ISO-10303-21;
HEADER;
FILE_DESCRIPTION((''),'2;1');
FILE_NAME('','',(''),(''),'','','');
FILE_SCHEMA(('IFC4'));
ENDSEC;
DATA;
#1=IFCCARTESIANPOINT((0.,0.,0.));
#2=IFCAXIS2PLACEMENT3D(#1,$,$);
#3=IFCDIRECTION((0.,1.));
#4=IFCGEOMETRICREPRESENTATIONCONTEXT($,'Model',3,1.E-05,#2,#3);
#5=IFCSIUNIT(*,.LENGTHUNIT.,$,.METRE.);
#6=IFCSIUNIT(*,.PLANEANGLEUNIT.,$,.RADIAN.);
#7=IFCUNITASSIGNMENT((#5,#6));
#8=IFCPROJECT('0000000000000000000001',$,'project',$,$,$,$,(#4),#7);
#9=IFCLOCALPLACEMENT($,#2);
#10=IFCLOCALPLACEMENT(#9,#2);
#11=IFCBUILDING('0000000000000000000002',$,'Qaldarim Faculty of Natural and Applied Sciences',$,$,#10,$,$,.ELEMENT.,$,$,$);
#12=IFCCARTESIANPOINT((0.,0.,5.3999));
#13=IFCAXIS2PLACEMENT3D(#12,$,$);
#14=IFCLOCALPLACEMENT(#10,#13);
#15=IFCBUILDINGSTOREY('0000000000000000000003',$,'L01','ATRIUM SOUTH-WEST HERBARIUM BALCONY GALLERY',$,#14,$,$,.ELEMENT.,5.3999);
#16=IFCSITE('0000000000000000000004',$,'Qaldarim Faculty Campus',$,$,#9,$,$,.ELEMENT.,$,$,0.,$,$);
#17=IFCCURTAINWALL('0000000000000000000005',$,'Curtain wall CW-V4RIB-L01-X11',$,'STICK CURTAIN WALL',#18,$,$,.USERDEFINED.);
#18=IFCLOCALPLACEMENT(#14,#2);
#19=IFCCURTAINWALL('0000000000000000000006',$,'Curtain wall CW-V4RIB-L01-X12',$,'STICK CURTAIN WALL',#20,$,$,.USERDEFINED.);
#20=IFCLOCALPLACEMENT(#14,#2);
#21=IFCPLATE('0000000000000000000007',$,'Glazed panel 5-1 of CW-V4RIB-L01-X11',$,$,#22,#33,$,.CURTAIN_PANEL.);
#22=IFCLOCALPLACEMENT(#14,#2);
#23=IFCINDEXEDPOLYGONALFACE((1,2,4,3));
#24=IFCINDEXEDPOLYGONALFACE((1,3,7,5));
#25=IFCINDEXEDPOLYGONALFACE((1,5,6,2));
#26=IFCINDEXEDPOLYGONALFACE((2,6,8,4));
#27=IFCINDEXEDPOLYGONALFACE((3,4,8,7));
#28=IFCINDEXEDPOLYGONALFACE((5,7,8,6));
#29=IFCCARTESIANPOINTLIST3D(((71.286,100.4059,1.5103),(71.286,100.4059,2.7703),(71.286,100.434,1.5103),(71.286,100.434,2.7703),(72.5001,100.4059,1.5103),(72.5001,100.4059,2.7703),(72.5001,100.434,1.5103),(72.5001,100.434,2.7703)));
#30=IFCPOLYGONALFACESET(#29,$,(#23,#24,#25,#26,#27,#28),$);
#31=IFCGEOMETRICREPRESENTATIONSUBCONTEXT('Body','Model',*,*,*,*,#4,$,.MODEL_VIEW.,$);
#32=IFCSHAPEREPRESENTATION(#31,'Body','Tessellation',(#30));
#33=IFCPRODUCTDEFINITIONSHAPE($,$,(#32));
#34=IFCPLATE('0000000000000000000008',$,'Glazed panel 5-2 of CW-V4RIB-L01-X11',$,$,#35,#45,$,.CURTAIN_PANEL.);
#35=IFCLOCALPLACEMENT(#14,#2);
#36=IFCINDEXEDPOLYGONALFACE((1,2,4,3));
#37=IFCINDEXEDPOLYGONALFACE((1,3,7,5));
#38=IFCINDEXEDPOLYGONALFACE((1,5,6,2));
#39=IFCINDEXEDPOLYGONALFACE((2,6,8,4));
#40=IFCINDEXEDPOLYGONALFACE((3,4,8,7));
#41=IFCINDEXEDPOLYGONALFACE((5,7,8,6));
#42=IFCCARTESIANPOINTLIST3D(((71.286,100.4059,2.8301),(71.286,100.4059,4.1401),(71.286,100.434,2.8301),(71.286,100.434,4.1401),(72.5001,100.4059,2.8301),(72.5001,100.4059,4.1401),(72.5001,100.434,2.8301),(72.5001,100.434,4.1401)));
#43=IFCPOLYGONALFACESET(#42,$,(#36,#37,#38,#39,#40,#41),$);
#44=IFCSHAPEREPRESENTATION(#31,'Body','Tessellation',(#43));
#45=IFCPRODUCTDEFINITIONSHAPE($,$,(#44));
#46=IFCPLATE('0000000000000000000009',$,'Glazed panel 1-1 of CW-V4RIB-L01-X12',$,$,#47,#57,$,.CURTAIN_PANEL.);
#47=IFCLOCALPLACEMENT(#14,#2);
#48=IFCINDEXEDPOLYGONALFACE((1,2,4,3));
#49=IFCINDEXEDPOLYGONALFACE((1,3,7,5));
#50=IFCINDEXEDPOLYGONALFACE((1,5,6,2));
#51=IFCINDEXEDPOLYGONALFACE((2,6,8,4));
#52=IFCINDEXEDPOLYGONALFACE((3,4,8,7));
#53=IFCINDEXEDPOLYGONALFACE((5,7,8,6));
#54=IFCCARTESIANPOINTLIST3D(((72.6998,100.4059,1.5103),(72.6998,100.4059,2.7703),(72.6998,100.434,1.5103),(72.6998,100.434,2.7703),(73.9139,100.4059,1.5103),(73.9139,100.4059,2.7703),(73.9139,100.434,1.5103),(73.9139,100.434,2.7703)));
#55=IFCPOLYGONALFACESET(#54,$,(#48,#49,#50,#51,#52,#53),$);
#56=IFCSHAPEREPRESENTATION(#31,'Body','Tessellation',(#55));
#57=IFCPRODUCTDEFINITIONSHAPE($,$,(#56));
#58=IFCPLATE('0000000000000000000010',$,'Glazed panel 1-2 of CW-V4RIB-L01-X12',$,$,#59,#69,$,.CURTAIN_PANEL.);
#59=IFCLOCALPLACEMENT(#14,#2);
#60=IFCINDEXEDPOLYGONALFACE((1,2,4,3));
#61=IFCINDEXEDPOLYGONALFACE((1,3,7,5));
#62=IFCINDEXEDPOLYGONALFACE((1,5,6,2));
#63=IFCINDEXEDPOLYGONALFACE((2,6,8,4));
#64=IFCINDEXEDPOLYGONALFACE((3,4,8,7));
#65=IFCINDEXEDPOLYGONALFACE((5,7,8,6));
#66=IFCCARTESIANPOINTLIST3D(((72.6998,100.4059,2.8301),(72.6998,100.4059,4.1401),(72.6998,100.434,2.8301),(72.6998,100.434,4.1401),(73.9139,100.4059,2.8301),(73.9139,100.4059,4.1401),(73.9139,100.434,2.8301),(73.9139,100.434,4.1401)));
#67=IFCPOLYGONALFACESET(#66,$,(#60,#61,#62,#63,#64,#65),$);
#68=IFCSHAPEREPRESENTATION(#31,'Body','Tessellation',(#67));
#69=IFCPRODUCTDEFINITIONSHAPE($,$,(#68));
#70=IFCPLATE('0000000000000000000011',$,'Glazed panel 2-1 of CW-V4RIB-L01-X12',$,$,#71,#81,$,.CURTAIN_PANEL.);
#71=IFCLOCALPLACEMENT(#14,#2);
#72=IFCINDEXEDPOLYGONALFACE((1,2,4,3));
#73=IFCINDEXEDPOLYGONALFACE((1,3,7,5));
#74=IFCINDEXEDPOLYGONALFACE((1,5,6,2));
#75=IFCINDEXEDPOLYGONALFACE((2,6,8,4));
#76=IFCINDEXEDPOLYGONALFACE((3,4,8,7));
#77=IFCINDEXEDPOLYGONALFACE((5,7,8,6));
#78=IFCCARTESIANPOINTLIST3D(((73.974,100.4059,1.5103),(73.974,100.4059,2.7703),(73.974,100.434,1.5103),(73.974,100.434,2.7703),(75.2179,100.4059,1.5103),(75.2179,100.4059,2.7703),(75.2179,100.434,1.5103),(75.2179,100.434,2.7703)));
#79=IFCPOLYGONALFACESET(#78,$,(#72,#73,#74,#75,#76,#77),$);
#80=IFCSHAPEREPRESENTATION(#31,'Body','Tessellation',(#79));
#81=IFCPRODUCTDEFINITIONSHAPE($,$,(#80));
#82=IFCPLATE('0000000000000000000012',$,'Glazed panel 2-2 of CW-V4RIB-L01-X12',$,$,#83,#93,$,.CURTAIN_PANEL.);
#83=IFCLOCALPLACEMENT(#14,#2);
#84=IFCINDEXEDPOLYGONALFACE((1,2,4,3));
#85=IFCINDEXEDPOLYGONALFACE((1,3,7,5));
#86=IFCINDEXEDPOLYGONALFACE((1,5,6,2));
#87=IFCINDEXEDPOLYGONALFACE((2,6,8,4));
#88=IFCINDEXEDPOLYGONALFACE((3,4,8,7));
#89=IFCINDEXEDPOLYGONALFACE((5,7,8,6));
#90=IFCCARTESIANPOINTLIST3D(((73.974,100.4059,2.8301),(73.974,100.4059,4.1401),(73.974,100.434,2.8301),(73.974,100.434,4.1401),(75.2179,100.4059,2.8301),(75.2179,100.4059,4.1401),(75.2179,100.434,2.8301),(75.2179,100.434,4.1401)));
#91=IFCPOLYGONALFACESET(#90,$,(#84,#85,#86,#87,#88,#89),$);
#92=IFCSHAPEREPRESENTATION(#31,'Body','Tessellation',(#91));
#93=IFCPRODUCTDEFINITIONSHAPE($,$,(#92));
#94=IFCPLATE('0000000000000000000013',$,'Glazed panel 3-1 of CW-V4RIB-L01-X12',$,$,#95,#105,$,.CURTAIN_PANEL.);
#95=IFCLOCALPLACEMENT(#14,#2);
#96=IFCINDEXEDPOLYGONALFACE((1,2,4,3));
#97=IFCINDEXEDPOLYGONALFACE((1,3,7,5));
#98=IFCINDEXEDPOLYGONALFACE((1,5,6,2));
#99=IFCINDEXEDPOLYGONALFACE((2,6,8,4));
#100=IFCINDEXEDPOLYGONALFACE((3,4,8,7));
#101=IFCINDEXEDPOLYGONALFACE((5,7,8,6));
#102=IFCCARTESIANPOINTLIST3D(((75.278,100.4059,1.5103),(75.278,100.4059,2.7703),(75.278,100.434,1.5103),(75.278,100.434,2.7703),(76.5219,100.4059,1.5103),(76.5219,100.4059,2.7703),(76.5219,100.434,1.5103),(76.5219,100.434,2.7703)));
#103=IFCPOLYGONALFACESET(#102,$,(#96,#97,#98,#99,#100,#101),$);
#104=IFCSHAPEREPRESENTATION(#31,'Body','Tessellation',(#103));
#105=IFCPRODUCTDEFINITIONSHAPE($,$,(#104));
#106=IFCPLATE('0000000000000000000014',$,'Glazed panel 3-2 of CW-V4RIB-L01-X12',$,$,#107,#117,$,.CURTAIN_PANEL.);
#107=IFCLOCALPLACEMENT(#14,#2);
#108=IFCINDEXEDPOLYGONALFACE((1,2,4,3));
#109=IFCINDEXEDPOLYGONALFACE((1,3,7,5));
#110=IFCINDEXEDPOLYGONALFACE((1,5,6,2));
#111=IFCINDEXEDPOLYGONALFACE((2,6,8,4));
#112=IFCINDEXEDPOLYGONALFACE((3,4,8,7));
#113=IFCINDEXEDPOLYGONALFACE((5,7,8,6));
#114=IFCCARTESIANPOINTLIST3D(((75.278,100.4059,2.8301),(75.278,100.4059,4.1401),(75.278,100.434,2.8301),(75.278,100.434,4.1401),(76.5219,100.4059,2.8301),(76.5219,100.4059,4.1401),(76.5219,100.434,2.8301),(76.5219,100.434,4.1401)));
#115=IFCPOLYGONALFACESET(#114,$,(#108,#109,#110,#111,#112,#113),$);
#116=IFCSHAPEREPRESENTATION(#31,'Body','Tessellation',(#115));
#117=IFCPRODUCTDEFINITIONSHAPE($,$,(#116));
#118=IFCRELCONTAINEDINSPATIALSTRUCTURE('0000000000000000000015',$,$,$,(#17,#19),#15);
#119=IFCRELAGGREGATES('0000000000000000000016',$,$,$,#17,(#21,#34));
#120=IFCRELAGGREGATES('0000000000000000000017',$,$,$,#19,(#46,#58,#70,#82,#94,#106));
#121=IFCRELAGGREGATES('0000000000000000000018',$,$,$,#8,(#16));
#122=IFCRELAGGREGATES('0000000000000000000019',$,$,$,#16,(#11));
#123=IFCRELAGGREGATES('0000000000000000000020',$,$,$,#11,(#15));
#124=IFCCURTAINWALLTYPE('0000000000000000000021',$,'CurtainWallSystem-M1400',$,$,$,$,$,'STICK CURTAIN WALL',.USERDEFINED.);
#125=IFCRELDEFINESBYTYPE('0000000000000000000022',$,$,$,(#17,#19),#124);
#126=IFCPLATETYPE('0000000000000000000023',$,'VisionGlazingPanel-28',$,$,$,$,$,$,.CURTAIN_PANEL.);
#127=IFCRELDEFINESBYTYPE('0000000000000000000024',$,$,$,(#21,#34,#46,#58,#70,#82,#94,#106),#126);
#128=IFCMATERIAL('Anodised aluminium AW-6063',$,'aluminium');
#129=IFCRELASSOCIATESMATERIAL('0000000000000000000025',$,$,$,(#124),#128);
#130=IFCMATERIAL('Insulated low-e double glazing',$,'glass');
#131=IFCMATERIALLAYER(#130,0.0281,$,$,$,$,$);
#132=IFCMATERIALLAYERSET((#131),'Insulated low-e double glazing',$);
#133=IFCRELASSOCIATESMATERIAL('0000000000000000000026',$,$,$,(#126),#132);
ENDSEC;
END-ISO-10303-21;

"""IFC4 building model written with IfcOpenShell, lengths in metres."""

from ifc_helpers import new_model, si_unit, direction, frame, origin, origin_2d, place, context, subcontext, project, spatial, rectangle, extrude, material, layer, layer_set, type_object, element, aggregate, save


model = new_model("IFC4")

# Units and contexts
model_context = context("Model", 3, precision=1e-05, world=origin(), true_north=direction((0.0, 1.0)))
body_context = subcontext(model_context, "Body", "Model", "MODEL_VIEW")
ifc_project = project(units=[si_unit("LENGTHUNIT", "METRE"), si_unit("PLANEANGLEUNIT", "RADIAN")], contexts=[model_context])

# Site, building, storey
site_placement = place(None, origin())
site = spatial("IfcSite", under=ifc_project, at=site_placement, Name="Qaldarim Faculty Campus", CompositionType="ELEMENT", RefElevation=0.0)
building_placement = place(site_placement, origin())
building = spatial("IfcBuilding", under=site, at=building_placement, Name="Qaldarim Faculty of Natural and Applied Sciences", CompositionType="ELEMENT")
storey_placement = place(building_placement, frame((0.0, 0.0, 5.3999)))
storey = spatial("IfcBuildingStorey", under=building, at=storey_placement, Name="L01", Description="ATRIUM SOUTH-WEST HERBARIUM BALCONY GALLERY", CompositionType="ELEMENT", Elevation=5.3999)

# Curtain wall
ifc_material_1 = material(Name="Anodised aluminium AW-6063", Category="aluminium")
curtain_wall_type = type_object("IfcCurtainWallType", Name="CurtainWallSystem-M1400", ElementType="STICK CURTAIN WALL", PredefinedType="USERDEFINED", material=ifc_material_1)
curtain_wall_1_placement = place(storey_placement, origin())
curtain_wall_1 = element("IfcCurtainWall", 1, at=curtain_wall_1_placement, inside=storey, type_object=curtain_wall_type, Name="Curtain wall CW-V4RIB-L01-X11", ObjectType="STICK CURTAIN WALL", PredefinedType="USERDEFINED")

# Curtain wall
curtain_wall_2_placement = place(storey_placement, origin())
curtain_wall_2 = element("IfcCurtainWall", 2, at=curtain_wall_2_placement, inside=storey, type_object=curtain_wall_type, Name="Curtain wall CW-V4RIB-L01-X12", ObjectType="STICK CURTAIN WALL", PredefinedType="USERDEFINED")

# Plates
ifc_material_2 = material(Name="Insulated low-e double glazing", Category="glass")
ifc_layer = layer(ifc_material_2, 0.0281)
ifc_layer_set = layer_set([ifc_layer], Name="Insulated low-e double glazing")
plate_type = type_object("IfcPlateType", Name="VisionGlazingPanel-28", PredefinedType="CURTAIN_PANEL", material=ifc_layer_set)
plate_1_placement = place(storey_placement, frame((71.8931, 100.4199, 1.5103), z_axis=(0.0, 0.0, 1.0), x_axis=(1.0, 0.0, 0.0)))
plate_1 = element("IfcPlate", 3, at=plate_1_placement, type_object=plate_type, Name="Glazed panel 5-1 of CW-V4RIB-L01-X11", PredefinedType="CURTAIN_PANEL", context=body_context, shape_type="SweptSolid", body=[
    extrude(rectangle(XDim=1.2141, YDim=0.0281, at=origin_2d()), origin(), (0.0, 0.0, 1.0), 1.26),
])
plate_2_placement = place(storey_placement, frame((71.8931, 100.4199, 2.8301), z_axis=(0.0, 0.0, 1.0), x_axis=(1.0, 0.0, 0.0)))
plate_2 = element("IfcPlate", 4, at=plate_2_placement, type_object=plate_type, Name="Glazed panel 5-2 of CW-V4RIB-L01-X11", PredefinedType="CURTAIN_PANEL", context=body_context, shape_type="SweptSolid", body=[
    extrude(rectangle(XDim=1.2141, YDim=0.0281, at=origin_2d()), origin(), (0.0, 0.0, 1.0), 1.3101),
])
aggregate(curtain_wall_1, [plate_1, plate_2])
plate_3_placement = place(storey_placement, frame((73.3069, 100.4199, 1.5103), z_axis=(0.0, 0.0, 1.0), x_axis=(1.0, 0.0, 0.0)))
plate_3 = element("IfcPlate", 5, at=plate_3_placement, type_object=plate_type, Name="Glazed panel 1-1 of CW-V4RIB-L01-X12", PredefinedType="CURTAIN_PANEL", context=body_context, shape_type="SweptSolid", body=[
    extrude(rectangle(XDim=1.2141, YDim=0.0281, at=origin_2d()), origin(), (0.0, 0.0, 1.0), 1.26),
])
plate_4_placement = place(storey_placement, frame((73.3069, 100.4199, 2.8301), z_axis=(0.0, 0.0, 1.0), x_axis=(1.0, 0.0, 0.0)))
plate_4 = element("IfcPlate", 6, at=plate_4_placement, type_object=plate_type, Name="Glazed panel 1-2 of CW-V4RIB-L01-X12", PredefinedType="CURTAIN_PANEL", context=body_context, shape_type="SweptSolid", body=[
    extrude(rectangle(XDim=1.2141, YDim=0.0281, at=origin_2d()), origin(), (0.0, 0.0, 1.0), 1.3101),
])
plate_5_placement = place(storey_placement, frame((74.5959, 100.4199, 1.5103), z_axis=(0.0, 0.0, 1.0), x_axis=(1.0, 0.0, 0.0)))
plate_5 = element("IfcPlate", 7, at=plate_5_placement, type_object=plate_type, Name="Glazed panel 2-1 of CW-V4RIB-L01-X12", PredefinedType="CURTAIN_PANEL", context=body_context, shape_type="SweptSolid", body=[
    extrude(rectangle(XDim=1.2439, YDim=0.0281, at=origin_2d()), origin(), (0.0, 0.0, 1.0), 1.26),
])
plate_6_placement = place(storey_placement, frame((74.5959, 100.4199, 2.8301), z_axis=(0.0, 0.0, 1.0), x_axis=(1.0, 0.0, 0.0)))
plate_6 = element("IfcPlate", 8, at=plate_6_placement, type_object=plate_type, Name="Glazed panel 2-2 of CW-V4RIB-L01-X12", PredefinedType="CURTAIN_PANEL", context=body_context, shape_type="SweptSolid", body=[
    extrude(rectangle(XDim=1.2439, YDim=0.0281, at=origin_2d()), origin(), (0.0, 0.0, 1.0), 1.3101),
])
plate_7_placement = place(storey_placement, frame((75.8999, 100.4199, 1.5103), z_axis=(0.0, 0.0, 1.0), x_axis=(1.0, 0.0, 0.0)))
plate_7 = element("IfcPlate", 9, at=plate_7_placement, type_object=plate_type, Name="Glazed panel 3-1 of CW-V4RIB-L01-X12", PredefinedType="CURTAIN_PANEL", context=body_context, shape_type="SweptSolid", body=[
    extrude(rectangle(XDim=1.2439, YDim=0.0281, at=origin_2d()), origin(), (0.0, 0.0, 1.0), 1.26),
])
plate_8_placement = place(storey_placement, frame((75.8999, 100.4199, 2.8301), z_axis=(0.0, 0.0, 1.0), x_axis=(1.0, 0.0, 0.0)))
plate_8 = element("IfcPlate", 10, at=plate_8_placement, type_object=plate_type, Name="Glazed panel 3-2 of CW-V4RIB-L01-X12", PredefinedType="CURTAIN_PANEL", context=body_context, shape_type="SweptSolid", body=[
    extrude(rectangle(XDim=1.2439, YDim=0.0281, at=origin_2d()), origin(), (0.0, 0.0, 1.0), 1.3101),
])
aggregate(curtain_wall_2, [plate_3, plate_4, plate_5, plate_6, plate_7, plate_8])

save(model, "model.ifc")
